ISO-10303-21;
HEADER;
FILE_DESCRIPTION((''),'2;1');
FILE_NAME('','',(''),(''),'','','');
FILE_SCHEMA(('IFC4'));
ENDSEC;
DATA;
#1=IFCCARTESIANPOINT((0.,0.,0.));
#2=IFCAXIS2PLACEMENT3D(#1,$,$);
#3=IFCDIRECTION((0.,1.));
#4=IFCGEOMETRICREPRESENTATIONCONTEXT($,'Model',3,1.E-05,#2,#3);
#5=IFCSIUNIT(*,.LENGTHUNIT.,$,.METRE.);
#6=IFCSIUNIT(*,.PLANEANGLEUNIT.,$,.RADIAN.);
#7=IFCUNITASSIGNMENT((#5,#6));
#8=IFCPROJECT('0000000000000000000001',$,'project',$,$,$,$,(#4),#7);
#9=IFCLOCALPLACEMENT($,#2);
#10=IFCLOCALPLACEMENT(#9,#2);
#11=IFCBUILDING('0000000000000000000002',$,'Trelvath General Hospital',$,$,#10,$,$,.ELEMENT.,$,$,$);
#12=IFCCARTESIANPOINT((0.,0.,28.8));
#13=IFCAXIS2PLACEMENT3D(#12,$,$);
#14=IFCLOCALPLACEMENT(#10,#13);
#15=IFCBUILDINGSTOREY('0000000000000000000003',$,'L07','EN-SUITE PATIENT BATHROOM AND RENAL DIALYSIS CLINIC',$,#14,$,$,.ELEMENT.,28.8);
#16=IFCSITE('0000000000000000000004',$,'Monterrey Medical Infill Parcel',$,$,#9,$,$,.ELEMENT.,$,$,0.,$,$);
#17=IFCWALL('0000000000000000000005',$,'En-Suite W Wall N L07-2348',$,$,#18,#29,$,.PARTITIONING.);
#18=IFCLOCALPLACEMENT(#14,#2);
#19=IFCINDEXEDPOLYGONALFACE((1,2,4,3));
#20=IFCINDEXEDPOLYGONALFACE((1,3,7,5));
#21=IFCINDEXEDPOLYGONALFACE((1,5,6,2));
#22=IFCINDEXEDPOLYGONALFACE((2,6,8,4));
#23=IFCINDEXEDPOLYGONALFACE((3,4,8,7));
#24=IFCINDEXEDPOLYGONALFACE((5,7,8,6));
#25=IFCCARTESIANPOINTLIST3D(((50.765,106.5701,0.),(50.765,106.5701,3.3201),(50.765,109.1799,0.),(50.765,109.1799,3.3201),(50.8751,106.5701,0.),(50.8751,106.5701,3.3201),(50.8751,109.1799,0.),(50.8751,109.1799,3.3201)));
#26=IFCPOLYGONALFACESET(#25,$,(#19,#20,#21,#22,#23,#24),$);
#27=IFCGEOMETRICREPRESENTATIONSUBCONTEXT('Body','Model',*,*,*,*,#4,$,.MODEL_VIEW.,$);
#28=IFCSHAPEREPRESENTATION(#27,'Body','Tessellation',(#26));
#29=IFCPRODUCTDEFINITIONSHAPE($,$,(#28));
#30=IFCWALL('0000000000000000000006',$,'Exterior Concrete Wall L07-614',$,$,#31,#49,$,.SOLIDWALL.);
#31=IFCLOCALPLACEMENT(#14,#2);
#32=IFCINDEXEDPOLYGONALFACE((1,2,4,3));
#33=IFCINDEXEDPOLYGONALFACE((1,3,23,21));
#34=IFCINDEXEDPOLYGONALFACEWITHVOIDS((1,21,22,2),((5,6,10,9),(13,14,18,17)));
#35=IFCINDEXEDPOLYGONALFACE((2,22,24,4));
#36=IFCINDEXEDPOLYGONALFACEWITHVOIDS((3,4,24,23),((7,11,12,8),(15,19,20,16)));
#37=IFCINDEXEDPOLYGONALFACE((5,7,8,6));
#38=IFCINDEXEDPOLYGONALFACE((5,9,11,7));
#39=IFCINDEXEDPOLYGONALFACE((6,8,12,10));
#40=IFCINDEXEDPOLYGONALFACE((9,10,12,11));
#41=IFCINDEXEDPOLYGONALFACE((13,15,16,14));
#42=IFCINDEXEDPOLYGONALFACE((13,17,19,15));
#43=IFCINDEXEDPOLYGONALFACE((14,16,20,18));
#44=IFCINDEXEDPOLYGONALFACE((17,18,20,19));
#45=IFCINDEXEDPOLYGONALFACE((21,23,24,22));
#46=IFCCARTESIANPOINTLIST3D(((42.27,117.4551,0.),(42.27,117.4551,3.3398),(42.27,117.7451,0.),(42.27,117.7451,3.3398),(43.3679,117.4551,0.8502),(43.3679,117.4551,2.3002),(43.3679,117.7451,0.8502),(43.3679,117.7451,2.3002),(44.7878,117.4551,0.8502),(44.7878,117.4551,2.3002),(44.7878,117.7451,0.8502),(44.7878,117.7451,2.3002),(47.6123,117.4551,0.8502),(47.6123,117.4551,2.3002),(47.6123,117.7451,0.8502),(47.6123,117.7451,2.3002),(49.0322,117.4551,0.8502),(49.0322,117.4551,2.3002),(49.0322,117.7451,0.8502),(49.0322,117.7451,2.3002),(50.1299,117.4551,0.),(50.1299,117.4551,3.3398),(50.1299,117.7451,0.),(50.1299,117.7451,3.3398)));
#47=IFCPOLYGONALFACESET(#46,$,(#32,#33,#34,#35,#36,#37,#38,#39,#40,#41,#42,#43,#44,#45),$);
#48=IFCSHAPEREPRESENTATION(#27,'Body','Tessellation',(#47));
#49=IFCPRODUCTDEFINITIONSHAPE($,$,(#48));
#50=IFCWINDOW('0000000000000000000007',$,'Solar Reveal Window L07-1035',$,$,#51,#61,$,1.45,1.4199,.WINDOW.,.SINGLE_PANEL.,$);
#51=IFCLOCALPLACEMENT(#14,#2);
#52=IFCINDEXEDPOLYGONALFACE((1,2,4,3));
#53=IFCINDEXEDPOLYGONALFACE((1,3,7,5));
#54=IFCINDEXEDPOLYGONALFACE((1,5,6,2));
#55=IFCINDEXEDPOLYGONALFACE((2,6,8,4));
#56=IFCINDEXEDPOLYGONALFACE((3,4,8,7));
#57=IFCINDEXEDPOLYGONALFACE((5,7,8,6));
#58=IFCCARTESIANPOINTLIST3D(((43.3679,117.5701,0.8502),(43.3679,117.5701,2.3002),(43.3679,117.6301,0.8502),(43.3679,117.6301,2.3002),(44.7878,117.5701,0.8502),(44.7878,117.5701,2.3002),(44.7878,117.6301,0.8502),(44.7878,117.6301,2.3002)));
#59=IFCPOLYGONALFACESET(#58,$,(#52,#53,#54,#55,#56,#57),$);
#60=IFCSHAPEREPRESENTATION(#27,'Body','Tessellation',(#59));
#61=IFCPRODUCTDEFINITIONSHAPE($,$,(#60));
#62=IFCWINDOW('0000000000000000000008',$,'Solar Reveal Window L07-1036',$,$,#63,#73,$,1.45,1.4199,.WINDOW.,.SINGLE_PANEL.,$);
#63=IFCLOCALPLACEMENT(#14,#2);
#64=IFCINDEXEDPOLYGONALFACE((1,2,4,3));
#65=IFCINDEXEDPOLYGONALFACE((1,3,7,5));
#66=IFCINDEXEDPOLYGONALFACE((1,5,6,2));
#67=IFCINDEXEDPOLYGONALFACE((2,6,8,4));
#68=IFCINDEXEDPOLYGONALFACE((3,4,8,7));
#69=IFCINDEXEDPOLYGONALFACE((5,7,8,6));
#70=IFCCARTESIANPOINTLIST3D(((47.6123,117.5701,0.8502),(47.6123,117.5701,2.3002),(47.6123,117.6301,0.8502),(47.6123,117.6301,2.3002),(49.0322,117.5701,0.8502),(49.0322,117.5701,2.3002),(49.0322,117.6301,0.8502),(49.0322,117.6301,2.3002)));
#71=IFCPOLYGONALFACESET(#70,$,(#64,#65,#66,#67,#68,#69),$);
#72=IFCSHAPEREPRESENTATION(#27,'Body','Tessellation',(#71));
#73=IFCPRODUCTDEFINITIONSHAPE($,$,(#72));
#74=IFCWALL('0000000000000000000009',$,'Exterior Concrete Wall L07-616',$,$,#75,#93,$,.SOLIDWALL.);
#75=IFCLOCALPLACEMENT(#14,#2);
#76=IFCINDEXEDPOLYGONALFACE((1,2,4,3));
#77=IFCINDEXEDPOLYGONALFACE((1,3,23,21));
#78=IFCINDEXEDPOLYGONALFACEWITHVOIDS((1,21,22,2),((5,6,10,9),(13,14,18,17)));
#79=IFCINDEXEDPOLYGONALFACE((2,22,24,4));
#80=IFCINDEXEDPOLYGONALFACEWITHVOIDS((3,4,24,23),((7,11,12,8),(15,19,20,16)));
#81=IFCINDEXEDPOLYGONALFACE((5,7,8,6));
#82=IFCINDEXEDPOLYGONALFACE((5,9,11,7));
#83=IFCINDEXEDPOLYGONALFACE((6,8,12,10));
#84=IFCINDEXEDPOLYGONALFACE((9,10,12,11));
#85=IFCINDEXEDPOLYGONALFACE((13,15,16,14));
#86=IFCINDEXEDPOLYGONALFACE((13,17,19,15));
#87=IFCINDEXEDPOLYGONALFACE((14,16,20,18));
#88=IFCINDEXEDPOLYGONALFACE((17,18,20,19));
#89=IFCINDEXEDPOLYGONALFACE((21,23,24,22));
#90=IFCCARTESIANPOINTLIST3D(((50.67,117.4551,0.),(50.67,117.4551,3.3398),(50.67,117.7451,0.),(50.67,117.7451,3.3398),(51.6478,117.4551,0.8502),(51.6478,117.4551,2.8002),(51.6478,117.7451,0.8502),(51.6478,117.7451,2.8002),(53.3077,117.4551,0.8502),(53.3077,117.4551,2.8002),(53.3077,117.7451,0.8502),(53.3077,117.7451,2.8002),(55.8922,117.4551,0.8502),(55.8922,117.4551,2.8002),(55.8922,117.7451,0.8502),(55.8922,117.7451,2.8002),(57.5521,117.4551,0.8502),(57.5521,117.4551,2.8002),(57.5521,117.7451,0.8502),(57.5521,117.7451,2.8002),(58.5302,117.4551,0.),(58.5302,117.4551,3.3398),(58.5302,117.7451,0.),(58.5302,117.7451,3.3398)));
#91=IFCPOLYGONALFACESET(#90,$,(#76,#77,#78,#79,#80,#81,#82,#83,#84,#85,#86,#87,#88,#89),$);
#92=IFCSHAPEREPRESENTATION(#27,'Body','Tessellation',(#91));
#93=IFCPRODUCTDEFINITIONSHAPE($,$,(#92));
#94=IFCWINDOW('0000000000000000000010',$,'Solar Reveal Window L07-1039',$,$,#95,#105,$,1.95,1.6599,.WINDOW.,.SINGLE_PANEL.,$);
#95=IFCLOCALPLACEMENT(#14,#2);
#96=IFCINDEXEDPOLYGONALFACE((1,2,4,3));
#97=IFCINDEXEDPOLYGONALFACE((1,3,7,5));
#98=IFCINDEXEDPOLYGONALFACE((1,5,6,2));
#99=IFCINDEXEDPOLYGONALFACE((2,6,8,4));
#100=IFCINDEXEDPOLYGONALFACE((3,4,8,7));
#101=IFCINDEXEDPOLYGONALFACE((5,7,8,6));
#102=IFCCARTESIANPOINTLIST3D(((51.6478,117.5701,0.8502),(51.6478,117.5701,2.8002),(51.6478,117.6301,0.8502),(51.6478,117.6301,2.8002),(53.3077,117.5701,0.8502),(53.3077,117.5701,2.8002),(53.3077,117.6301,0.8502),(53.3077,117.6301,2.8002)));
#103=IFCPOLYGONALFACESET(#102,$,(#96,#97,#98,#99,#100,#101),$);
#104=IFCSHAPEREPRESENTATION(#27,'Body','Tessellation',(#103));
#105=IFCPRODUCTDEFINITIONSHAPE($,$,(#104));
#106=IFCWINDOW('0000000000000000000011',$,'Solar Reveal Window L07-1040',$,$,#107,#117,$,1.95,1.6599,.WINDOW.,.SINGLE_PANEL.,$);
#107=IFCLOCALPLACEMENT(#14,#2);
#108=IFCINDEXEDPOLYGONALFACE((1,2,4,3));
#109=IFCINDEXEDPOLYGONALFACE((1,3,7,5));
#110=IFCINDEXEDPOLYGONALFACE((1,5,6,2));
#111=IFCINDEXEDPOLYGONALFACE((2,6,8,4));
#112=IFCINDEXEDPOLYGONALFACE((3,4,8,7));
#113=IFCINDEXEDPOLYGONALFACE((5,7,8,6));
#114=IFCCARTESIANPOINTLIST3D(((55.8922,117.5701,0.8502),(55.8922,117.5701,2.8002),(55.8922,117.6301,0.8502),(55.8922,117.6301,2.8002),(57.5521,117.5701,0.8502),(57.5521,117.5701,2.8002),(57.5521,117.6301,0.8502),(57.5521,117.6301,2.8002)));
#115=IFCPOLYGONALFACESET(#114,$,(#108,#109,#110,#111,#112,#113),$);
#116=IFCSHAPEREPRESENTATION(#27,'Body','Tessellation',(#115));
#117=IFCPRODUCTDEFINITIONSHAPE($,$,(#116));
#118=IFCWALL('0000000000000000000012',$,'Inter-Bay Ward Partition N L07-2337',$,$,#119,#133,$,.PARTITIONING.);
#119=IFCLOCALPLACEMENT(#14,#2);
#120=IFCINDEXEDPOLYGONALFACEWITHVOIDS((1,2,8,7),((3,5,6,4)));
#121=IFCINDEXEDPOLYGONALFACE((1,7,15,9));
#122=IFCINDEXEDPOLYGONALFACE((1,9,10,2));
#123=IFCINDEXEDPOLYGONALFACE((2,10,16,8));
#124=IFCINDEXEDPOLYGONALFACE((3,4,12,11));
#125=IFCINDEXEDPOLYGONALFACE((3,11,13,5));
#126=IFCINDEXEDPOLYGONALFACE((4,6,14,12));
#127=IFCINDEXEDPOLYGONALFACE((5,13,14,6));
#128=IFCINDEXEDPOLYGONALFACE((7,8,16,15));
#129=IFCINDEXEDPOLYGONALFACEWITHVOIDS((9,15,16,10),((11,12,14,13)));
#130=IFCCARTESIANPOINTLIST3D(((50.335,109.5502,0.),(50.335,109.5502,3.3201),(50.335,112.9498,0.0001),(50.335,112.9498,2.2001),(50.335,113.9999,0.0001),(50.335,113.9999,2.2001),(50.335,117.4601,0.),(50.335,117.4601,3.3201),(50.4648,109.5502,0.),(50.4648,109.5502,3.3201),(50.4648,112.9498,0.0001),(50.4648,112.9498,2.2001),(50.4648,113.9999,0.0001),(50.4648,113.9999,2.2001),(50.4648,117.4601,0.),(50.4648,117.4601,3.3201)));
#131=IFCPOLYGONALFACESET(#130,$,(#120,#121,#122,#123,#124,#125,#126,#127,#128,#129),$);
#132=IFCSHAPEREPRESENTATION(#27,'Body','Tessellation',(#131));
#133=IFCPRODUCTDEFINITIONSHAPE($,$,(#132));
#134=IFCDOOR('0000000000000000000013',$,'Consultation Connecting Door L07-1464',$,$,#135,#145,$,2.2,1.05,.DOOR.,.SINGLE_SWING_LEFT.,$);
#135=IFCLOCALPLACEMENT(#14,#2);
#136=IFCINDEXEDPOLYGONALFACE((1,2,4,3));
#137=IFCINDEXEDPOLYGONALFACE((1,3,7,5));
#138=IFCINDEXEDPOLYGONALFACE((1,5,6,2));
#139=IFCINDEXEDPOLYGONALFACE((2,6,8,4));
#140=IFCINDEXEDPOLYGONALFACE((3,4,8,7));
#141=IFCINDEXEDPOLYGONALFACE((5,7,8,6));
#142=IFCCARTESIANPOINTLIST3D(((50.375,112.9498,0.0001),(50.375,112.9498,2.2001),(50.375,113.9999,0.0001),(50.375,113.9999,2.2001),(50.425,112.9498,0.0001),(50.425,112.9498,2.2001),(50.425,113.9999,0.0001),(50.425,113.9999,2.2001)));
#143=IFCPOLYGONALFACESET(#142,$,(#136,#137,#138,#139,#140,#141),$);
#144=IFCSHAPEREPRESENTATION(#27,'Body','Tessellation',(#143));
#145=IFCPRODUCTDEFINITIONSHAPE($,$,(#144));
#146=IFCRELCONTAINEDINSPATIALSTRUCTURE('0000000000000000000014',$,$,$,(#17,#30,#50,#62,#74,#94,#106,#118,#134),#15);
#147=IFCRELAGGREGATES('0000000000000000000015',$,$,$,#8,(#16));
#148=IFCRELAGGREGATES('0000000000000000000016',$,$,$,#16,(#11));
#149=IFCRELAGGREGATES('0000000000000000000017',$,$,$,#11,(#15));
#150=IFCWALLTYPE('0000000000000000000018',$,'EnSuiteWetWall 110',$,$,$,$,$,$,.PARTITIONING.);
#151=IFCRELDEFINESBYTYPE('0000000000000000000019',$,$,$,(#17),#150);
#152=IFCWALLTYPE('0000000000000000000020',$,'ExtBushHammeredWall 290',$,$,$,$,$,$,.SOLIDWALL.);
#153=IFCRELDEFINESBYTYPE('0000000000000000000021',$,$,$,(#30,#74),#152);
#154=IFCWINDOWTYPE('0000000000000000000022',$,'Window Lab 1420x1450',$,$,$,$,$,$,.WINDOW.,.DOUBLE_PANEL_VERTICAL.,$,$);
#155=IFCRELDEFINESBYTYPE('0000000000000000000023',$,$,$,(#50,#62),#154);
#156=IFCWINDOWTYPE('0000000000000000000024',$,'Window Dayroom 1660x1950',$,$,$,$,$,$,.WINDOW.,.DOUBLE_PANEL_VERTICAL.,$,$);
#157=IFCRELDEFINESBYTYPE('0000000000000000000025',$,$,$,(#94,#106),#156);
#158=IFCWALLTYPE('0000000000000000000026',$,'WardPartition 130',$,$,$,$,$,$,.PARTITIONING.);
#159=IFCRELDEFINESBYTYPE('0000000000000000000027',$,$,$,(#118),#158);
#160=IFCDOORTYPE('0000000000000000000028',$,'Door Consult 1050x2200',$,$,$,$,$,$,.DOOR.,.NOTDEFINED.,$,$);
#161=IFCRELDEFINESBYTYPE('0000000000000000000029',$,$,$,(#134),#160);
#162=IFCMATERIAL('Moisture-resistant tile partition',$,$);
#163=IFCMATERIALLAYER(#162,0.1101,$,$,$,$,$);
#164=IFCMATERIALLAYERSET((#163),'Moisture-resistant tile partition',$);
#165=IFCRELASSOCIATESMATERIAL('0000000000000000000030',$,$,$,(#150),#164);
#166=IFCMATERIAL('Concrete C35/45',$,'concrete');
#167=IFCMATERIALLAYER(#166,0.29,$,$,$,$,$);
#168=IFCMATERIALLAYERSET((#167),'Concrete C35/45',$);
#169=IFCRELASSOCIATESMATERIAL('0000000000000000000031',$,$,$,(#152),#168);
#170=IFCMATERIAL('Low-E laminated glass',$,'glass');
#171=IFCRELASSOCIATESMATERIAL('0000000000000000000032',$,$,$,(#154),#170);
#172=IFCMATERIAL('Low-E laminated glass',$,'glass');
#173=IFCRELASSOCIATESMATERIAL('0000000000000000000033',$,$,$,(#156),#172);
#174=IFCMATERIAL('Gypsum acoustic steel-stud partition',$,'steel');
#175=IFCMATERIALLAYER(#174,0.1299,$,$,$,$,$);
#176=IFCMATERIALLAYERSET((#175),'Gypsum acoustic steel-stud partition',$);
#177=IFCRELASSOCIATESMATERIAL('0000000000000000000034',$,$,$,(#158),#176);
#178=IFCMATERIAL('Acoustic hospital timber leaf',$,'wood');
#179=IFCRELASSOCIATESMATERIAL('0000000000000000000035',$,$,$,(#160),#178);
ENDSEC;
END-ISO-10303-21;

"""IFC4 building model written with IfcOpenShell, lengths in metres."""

from ifc_helpers import new_model, si_unit, direction, frame, frame_2d, origin, place, context, subcontext, project, spatial, rectangle, extrude, material, layer, layer_set, type_object, element, fill, save


model = new_model("IFC4")

# Units and contexts
model_context = context("Model", 3, precision=1e-05, world=origin(), true_north=direction((0.0, 1.0)))
body_context = subcontext(model_context, "Body", "Model", "MODEL_VIEW")
ifc_project = project(units=[si_unit("LENGTHUNIT", "METRE"), si_unit("PLANEANGLEUNIT", "RADIAN")], contexts=[model_context])

# Site, building, storey
site_placement = place(None, origin())
site = spatial("IfcSite", under=ifc_project, at=site_placement, Name="Monterrey Medical Infill Parcel", CompositionType="ELEMENT", RefElevation=0.0)
building_placement = place(site_placement, origin())
building = spatial("IfcBuilding", under=site, at=building_placement, Name="Trelvath General Hospital", CompositionType="ELEMENT")
storey_placement = place(building_placement, frame((0.0, 0.0, 28.8)))
storey = spatial("IfcBuildingStorey", under=building, at=storey_placement, Name="L07", Description="EN-SUITE PATIENT BATHROOM AND RENAL DIALYSIS CLINIC", CompositionType="ELEMENT", Elevation=28.8)

# Wall
ifc_material_1 = material(Name="Moisture-resistant tile partition")
ifc_layer_1 = layer(ifc_material_1, 0.1101)
ifc_layer_set_1 = layer_set([ifc_layer_1], Name="Moisture-resistant tile partition")
wall_type_1 = type_object("IfcWallType", Name="EnSuiteWetWall 110", PredefinedType="PARTITIONING", material=ifc_layer_set_1)
wall_1_placement = place(storey_placement, frame((50.8201, 106.5701, 0.0), z_axis=(0.0, 0.0, 1.0), x_axis=(0.0, 1.0, 0.0)))
element("IfcWall", 1, at=wall_1_placement, inside=storey, type_object=wall_type_1, Name="En-Suite W Wall N L07-2348", PredefinedType="PARTITIONING", context=body_context, shape_type="SweptSolid", body=[
    extrude(rectangle(XDim=2.6099, YDim=0.1101, at=frame_2d((1.3049, 0.0))), origin(), (0.0, 0.0, 1.0), 3.3201),
])

# Walls, openings, windows
ifc_material_2 = material(Name="Concrete C35/45", Category="concrete")
ifc_layer_2 = layer(ifc_material_2, 0.29)
ifc_layer_set_2 = layer_set([ifc_layer_2], Name="Concrete C35/45")
wall_type_2 = type_object("IfcWallType", Name="ExtBushHammeredWall 290", PredefinedType="SOLIDWALL", material=ifc_layer_set_2)
wall_2_placement = place(storey_placement, frame((42.27, 117.6001, 0.0), z_axis=(0.0, 0.0, 1.0), x_axis=(1.0, 0.0, 0.0)))
wall_2 = element("IfcWall", 2, at=wall_2_placement, inside=storey, type_object=wall_type_2, Name="Exterior Concrete Wall L07-614", PredefinedType="SOLIDWALL", context=body_context, shape_type="SweptSolid", body=[
    extrude(rectangle(XDim=7.8599, YDim=0.29, at=frame_2d((3.9299, 0.0))), origin(), (0.0, 0.0, 1.0), 3.3398),
])
opening_1_placement = place(wall_2_placement, frame((1.0979, 0.0, 0.8501)))
opening_1 = element("IfcOpeningElement", 3, at=opening_1_placement, cuts=wall_2, PredefinedType="OPENING", context=body_context, shape_type="SweptSolid", body=[
    extrude(rectangle(XDim=1.4199, YDim=1.45, at=frame_2d((0.71, 0.7251))), frame((0.0, 0.155, 0.0), z_axis=(0.0, -1.0, 0.0), x_axis=(1.0, 0.0, 0.0)), (0.0, 0.0, 1.0), 0.3101),
])
opening_2_placement = place(wall_2_placement, frame((5.3423, 0.0, 0.8501)))
opening_2 = element("IfcOpeningElement", 4, at=opening_2_placement, cuts=wall_2, PredefinedType="OPENING", context=body_context, shape_type="SweptSolid", body=[
    extrude(rectangle(XDim=1.4199, YDim=1.45, at=frame_2d((0.71, 0.7251))), frame((0.0, 0.155, 0.0), z_axis=(0.0, -1.0, 0.0), x_axis=(1.0, 0.0, 0.0)), (0.0, 0.0, 1.0), 0.3101),
])
ifc_material_3 = material(Name="Low-E laminated glass", Category="glass")
window_type_1 = type_object("IfcWindowType", Name="Window Lab 1420x1450", PartitioningType="DOUBLE_PANEL_VERTICAL", PredefinedType="WINDOW", material=ifc_material_3)
window_1_placement = place(opening_1_placement, origin())
window_1 = element("IfcWindow", 5, at=window_1_placement, inside=storey, type_object=window_type_1, Name="Solar Reveal Window L07-1035", OverallHeight=1.45, OverallWidth=1.4199, PartitioningType="SINGLE_PANEL", PredefinedType="WINDOW", context=body_context, shape_type="SweptSolid", body=[
    extrude(rectangle(XDim=1.4199, YDim=1.45, at=frame_2d((0.71, 0.7251))), frame((0.0, 0.03, 0.0), z_axis=(0.0, -1.0, 0.0), x_axis=(1.0, 0.0, 0.0)), (0.0, 0.0, 1.0), 0.0601),
])
fill(opening_1, window_1)
window_2_placement = place(opening_2_placement, origin())
window_2 = element("IfcWindow", 6, at=window_2_placement, inside=storey, type_object=window_type_1, Name="Solar Reveal Window L07-1036", OverallHeight=1.45, OverallWidth=1.4199, PartitioningType="SINGLE_PANEL", PredefinedType="WINDOW", context=body_context, shape_type="SweptSolid", body=[
    extrude(rectangle(XDim=1.4199, YDim=1.45, at=frame_2d((0.71, 0.7251))), frame((0.0, 0.03, 0.0), z_axis=(0.0, -1.0, 0.0), x_axis=(1.0, 0.0, 0.0)), (0.0, 0.0, 1.0), 0.0601),
])
fill(opening_2, window_2)
wall_3_placement = place(storey_placement, frame((50.6699, 117.6001, 0.0), z_axis=(0.0, 0.0, 1.0), x_axis=(1.0, 0.0, 0.0)))
wall_3 = element("IfcWall", 7, at=wall_3_placement, inside=storey, type_object=wall_type_2, Name="Exterior Concrete Wall L07-616", PredefinedType="SOLIDWALL", context=body_context, shape_type="SweptSolid", body=[
    extrude(rectangle(XDim=7.8601, YDim=0.29, at=frame_2d((3.9302, 0.0))), origin(), (0.0, 0.0, 1.0), 3.3398),
])
opening_3_placement = place(wall_3_placement, frame((0.9778, 0.0, 0.8501)))
opening_3 = element("IfcOpeningElement", 8, at=opening_3_placement, cuts=wall_3, PredefinedType="OPENING", context=body_context, shape_type="SweptSolid", body=[
    extrude(rectangle(XDim=1.6599, YDim=1.95, at=frame_2d((0.8301, 0.9751))), frame((0.0, 0.155, 0.0), z_axis=(0.0, -1.0, 0.0), x_axis=(1.0, 0.0, 0.0)), (0.0, 0.0, 1.0), 0.3101),
])
opening_4_placement = place(wall_3_placement, frame((5.2222, 0.0, 0.8501)))
opening_4 = element("IfcOpeningElement", 9, at=opening_4_placement, cuts=wall_3, PredefinedType="OPENING", context=body_context, shape_type="SweptSolid", body=[
    extrude(rectangle(XDim=1.6599, YDim=1.95, at=frame_2d((0.8301, 0.9751))), frame((0.0, 0.155, 0.0), z_axis=(0.0, -1.0, 0.0), x_axis=(1.0, 0.0, 0.0)), (0.0, 0.0, 1.0), 0.3101),
])
ifc_material_4 = material(Name="Low-E laminated glass", Category="glass")
window_type_2 = type_object("IfcWindowType", Name="Window Dayroom 1660x1950", PartitioningType="DOUBLE_PANEL_VERTICAL", PredefinedType="WINDOW", material=ifc_material_4)
window_3_placement = place(opening_3_placement, origin())
window_3 = element("IfcWindow", 10, at=window_3_placement, inside=storey, type_object=window_type_2, Name="Solar Reveal Window L07-1039", OverallHeight=1.95, OverallWidth=1.6599, PartitioningType="SINGLE_PANEL", PredefinedType="WINDOW", context=body_context, shape_type="SweptSolid", body=[
    extrude(rectangle(XDim=1.6599, YDim=1.95, at=frame_2d((0.8301, 0.9751))), frame((0.0, 0.03, 0.0), z_axis=(0.0, -1.0, 0.0), x_axis=(1.0, 0.0, 0.0)), (0.0, 0.0, 1.0), 0.0601),
])
fill(opening_3, window_3)
window_4_placement = place(opening_4_placement, origin())
window_4 = element("IfcWindow", 11, at=window_4_placement, inside=storey, type_object=window_type_2, Name="Solar Reveal Window L07-1040", OverallHeight=1.95, OverallWidth=1.6599, PartitioningType="SINGLE_PANEL", PredefinedType="WINDOW", context=body_context, shape_type="SweptSolid", body=[
    extrude(rectangle(XDim=1.6599, YDim=1.95, at=frame_2d((0.8301, 0.9751))), frame((0.0, 0.03, 0.0), z_axis=(0.0, -1.0, 0.0), x_axis=(1.0, 0.0, 0.0)), (0.0, 0.0, 1.0), 0.0601),
])
fill(opening_4, window_4)

# Wall, opening, door
ifc_material_5 = material(Name="Gypsum acoustic steel-stud partition", Category="steel")
ifc_layer_3 = layer(ifc_material_5, 0.1299)
ifc_layer_set_3 = layer_set([ifc_layer_3], Name="Gypsum acoustic steel-stud partition")
wall_type_3 = type_object("IfcWallType", Name="WardPartition 130", PredefinedType="PARTITIONING", material=ifc_layer_set_3)
wall_4_placement = place(storey_placement, frame((50.3999, 109.55, 0.0), z_axis=(0.0, 0.0, 1.0), x_axis=(0.0, 1.0, 0.0)))
wall_4 = element("IfcWall", 12, at=wall_4_placement, inside=storey, type_object=wall_type_3, Name="Inter-Bay Ward Partition N L07-2337", PredefinedType="PARTITIONING", context=body_context, shape_type="SweptSolid", body=[
    extrude(rectangle(XDim=7.9099, YDim=0.1299, at=frame_2d((3.9551, 0.0))), origin(), (0.0, 0.0, 1.0), 3.3201),
])
opening_5_placement = place(wall_4_placement, frame((3.3999, 0.0, 0.0)))
opening_5 = element("IfcOpeningElement", 13, at=opening_5_placement, cuts=wall_4, PredefinedType="OPENING", context=body_context, shape_type="SweptSolid", body=[
    extrude(rectangle(XDim=1.05, YDim=2.2, at=frame_2d((0.5249, 1.1001))), frame((0.0, 0.075, 0.0), z_axis=(0.0, -1.0, 0.0), x_axis=(1.0, 0.0, 0.0)), (0.0, 0.0, 1.0), 0.1499),
])
ifc_material_6 = material(Name="Acoustic hospital timber leaf", Category="wood")
door_type_1 = type_object("IfcDoorType", Name="Door Consult 1050x2200", OperationType="NOTDEFINED", PredefinedType="DOOR", material=ifc_material_6)
door_1_placement = place(opening_5_placement, origin())
door_1 = element("IfcDoor", 14, at=door_1_placement, inside=storey, type_object=door_type_1, Name="Consultation Connecting Door L07-1464", OperationType="SINGLE_SWING_LEFT", OverallHeight=2.2, OverallWidth=1.05, PredefinedType="DOOR", context=body_context, shape_type="SweptSolid", body=[
    extrude(rectangle(XDim=1.05, YDim=2.2, at=frame_2d((0.5249, 1.1001))), frame((0.0, 0.0249, 0.0), z_axis=(0.0, -1.0, 0.0), x_axis=(1.0, 0.0, 0.0)), (0.0, 0.0, 1.0), 0.05),
])
fill(opening_5, door_1)

save(model, "model.ifc")
